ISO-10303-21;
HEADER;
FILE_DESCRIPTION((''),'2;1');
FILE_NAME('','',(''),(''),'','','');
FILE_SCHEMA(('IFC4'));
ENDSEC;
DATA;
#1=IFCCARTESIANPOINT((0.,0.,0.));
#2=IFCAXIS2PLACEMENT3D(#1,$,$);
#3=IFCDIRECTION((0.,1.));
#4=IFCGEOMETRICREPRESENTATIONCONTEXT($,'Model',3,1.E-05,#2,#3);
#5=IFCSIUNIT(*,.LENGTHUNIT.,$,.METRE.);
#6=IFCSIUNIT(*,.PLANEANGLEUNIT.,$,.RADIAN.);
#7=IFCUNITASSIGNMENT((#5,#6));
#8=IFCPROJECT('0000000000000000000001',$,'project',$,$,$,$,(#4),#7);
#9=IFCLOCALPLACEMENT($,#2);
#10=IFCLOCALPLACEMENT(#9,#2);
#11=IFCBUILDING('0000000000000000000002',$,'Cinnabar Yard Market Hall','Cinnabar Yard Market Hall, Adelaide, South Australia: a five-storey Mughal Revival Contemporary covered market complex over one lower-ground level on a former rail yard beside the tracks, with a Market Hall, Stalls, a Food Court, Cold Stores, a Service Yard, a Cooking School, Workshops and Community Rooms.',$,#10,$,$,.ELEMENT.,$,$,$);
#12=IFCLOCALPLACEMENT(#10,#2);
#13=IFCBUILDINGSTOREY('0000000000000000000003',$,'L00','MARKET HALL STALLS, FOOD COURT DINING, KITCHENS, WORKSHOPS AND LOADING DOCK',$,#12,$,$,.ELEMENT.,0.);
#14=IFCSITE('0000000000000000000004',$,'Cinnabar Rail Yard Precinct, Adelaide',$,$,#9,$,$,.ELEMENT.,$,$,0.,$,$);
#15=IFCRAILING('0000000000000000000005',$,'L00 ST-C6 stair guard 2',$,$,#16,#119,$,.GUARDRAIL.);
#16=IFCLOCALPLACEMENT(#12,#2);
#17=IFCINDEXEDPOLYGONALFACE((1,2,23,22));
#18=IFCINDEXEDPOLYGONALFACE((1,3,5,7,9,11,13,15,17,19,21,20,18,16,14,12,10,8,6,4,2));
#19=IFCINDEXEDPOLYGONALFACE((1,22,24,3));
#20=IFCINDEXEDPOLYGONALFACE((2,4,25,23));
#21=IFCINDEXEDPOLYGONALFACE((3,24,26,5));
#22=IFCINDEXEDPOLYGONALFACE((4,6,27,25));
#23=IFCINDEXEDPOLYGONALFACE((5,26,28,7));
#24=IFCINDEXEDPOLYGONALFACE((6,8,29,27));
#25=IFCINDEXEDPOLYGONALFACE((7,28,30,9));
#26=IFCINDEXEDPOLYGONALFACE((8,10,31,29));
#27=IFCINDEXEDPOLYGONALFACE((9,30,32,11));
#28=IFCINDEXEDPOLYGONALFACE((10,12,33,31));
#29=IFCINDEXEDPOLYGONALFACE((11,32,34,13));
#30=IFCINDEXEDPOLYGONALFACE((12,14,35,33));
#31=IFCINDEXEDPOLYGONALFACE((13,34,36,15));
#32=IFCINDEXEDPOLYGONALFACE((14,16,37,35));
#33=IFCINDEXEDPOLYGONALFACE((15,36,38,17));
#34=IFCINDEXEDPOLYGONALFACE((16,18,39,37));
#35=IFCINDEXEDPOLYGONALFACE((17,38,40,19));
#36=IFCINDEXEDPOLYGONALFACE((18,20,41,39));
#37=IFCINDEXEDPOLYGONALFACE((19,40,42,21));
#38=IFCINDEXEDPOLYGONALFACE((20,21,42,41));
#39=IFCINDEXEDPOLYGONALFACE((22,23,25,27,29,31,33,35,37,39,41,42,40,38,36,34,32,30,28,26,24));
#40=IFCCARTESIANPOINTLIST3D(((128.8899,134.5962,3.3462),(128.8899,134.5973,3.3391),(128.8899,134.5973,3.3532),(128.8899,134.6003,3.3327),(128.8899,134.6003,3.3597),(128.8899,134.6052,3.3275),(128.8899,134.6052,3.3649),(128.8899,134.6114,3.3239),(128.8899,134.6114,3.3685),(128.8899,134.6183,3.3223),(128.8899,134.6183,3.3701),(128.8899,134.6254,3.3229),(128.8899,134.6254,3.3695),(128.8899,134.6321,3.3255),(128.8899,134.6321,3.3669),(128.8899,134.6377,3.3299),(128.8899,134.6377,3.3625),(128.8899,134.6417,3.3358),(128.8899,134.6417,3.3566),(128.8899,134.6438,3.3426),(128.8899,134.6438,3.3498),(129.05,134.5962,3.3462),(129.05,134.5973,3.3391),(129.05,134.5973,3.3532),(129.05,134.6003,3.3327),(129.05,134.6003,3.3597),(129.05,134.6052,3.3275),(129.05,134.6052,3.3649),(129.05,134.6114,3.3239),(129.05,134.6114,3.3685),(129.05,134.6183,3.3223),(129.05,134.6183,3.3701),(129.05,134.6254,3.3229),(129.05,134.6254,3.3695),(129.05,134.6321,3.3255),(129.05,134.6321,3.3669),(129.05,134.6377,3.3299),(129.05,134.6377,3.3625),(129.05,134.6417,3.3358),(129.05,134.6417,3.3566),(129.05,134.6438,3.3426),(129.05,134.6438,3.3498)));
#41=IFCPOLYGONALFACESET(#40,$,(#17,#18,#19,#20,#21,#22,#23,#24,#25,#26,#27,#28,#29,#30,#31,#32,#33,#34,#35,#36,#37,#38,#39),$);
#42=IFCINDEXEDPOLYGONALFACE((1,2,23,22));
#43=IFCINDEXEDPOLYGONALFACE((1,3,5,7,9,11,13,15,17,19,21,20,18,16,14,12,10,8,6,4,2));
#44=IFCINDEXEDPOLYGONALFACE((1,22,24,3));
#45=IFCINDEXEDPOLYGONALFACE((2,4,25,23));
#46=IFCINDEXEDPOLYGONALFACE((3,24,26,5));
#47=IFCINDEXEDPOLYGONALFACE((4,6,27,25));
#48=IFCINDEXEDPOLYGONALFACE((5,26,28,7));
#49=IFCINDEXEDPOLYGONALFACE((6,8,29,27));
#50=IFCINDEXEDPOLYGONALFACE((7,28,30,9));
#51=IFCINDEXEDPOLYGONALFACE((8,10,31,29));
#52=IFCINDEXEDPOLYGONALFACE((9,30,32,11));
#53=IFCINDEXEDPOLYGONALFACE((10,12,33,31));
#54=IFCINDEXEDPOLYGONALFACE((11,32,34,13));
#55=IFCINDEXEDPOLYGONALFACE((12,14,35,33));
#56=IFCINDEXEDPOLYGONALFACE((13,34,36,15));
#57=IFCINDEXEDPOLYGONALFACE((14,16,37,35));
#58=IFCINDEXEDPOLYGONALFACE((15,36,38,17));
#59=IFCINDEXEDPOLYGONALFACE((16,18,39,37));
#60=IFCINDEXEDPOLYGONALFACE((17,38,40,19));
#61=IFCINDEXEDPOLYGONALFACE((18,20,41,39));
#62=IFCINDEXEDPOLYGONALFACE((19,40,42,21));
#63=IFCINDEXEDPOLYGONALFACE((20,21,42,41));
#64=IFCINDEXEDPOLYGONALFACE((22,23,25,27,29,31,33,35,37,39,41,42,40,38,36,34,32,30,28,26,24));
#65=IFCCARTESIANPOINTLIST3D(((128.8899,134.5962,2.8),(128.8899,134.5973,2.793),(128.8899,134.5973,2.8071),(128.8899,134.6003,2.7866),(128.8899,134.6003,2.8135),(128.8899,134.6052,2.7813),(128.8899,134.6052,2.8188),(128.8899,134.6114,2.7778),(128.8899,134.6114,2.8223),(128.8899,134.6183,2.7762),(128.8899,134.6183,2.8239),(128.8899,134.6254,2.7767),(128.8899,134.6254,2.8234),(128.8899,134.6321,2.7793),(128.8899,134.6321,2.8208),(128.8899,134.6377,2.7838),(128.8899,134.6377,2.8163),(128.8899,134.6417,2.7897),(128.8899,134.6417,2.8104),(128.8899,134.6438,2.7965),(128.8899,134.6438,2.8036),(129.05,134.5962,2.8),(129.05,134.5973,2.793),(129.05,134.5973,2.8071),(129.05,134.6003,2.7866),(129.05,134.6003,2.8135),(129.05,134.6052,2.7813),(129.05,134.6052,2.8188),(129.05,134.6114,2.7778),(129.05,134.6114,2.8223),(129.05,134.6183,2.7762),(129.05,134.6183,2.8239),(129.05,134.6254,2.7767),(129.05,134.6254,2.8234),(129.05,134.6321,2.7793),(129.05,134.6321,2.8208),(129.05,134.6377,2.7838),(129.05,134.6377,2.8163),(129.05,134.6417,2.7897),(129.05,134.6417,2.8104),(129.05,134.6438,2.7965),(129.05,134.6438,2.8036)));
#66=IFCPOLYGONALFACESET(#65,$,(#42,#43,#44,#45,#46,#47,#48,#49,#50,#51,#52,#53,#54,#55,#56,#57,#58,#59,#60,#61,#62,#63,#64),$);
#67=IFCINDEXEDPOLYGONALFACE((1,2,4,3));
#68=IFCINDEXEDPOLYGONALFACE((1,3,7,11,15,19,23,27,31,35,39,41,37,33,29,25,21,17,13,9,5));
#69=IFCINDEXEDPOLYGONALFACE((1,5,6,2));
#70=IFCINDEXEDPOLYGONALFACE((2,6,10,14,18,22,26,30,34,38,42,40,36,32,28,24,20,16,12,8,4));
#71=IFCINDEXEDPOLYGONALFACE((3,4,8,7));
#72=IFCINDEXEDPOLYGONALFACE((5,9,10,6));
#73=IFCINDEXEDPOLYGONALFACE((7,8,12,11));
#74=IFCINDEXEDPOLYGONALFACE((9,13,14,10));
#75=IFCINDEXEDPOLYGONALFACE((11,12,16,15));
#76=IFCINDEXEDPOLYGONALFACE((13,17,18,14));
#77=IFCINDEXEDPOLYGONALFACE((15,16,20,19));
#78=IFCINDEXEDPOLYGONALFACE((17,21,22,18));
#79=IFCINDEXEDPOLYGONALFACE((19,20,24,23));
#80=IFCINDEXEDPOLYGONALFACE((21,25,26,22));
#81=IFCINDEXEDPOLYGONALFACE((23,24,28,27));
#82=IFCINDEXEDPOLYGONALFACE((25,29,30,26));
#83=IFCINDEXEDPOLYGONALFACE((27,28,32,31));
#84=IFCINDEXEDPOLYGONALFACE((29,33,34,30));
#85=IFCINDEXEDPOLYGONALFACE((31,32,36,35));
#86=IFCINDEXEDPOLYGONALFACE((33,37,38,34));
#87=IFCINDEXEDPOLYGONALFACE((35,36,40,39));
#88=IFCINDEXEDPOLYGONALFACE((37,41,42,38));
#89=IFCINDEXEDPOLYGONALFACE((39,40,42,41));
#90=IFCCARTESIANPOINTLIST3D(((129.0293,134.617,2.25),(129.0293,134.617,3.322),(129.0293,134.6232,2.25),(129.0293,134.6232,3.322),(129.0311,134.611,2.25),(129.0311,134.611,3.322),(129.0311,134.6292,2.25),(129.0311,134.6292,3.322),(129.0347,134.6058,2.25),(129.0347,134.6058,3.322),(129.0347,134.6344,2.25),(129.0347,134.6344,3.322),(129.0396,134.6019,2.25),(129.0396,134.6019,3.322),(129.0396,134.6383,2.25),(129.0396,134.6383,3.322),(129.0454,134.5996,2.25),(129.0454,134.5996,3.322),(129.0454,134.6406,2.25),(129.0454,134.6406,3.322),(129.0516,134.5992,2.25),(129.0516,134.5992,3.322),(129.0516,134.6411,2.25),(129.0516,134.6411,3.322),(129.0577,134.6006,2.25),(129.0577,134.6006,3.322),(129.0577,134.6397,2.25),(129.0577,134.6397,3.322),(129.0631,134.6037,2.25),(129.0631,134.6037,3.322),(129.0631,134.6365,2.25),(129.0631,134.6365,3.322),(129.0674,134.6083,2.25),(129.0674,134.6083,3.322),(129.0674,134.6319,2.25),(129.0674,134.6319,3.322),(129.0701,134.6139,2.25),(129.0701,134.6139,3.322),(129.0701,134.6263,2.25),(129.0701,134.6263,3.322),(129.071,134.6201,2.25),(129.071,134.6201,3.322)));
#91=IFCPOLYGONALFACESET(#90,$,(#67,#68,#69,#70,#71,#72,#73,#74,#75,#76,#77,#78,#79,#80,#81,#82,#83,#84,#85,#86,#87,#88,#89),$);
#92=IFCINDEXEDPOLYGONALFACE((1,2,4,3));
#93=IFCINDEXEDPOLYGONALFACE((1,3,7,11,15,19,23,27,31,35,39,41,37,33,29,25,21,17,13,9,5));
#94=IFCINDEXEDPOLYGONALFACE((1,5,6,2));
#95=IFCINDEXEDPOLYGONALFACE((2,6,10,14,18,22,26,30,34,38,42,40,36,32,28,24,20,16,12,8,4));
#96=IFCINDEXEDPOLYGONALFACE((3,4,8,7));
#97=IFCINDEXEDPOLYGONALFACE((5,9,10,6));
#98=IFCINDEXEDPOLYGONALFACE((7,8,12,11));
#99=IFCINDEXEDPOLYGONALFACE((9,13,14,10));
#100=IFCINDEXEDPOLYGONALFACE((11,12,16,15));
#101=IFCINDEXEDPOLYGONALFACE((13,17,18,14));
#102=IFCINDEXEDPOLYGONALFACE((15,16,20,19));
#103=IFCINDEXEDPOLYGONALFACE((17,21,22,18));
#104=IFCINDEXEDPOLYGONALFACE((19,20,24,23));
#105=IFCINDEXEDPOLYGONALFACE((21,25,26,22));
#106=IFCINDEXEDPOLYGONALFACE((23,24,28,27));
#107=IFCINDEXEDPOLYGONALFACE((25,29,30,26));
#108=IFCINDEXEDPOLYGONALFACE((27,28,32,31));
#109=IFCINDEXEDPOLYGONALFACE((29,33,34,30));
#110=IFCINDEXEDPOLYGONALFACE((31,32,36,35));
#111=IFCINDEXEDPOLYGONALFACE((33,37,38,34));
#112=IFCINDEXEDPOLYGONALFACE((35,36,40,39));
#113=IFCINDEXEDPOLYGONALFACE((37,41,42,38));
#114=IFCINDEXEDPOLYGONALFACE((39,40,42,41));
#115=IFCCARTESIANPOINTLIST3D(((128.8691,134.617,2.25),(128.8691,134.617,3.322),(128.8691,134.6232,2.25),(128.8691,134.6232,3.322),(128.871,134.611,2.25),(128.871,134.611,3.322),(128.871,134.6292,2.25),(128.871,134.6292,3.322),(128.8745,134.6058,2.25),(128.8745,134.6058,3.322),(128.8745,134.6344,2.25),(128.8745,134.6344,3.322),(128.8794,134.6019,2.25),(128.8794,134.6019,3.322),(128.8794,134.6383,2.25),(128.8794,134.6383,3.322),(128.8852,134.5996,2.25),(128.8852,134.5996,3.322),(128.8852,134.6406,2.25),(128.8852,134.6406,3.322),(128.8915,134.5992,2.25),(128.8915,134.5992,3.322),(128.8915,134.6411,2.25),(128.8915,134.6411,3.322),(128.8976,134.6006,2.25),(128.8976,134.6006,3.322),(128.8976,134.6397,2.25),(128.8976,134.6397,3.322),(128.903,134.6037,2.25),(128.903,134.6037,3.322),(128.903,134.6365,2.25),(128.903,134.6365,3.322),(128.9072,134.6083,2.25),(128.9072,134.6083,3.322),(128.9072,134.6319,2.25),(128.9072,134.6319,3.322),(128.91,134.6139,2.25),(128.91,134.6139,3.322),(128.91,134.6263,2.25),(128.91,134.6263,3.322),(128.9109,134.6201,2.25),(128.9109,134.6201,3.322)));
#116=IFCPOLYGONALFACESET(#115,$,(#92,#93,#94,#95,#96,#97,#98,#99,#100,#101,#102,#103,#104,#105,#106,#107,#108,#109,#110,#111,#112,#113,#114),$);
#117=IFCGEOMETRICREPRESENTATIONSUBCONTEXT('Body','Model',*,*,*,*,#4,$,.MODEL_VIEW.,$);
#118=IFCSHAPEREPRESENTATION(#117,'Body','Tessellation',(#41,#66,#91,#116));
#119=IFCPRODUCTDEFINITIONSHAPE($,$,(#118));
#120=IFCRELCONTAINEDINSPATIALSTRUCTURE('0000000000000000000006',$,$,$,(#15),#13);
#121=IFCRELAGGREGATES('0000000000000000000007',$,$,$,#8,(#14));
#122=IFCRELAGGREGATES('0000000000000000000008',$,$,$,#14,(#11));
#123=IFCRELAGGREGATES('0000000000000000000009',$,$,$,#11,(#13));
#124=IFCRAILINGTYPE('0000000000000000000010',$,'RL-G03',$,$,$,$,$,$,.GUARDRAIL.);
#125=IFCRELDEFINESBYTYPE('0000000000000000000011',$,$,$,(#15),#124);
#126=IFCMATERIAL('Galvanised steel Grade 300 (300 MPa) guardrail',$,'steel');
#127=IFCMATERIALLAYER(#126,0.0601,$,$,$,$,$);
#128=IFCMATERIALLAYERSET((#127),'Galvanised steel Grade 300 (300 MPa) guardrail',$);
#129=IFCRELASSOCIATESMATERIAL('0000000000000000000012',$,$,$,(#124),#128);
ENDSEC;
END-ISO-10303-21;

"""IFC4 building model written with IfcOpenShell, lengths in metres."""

from ifc_helpers import new_model, si_unit, direction, frame, origin, origin_2d_with_axis, place, context, subcontext, project, spatial, circle, extrude, material, layer, layer_set, type_object, element, save


model = new_model("IFC4")

# Units and contexts
model_context = context("Model", 3, precision=1e-05, world=origin(), true_north=direction((0.0, 1.0)))
body_context = subcontext(model_context, "Body", "Model", "MODEL_VIEW")
ifc_project = project(units=[si_unit("LENGTHUNIT", "METRE"), si_unit("PLANEANGLEUNIT", "RADIAN")], contexts=[model_context])

# Site, building, storey
site_placement = place(None, origin())
site = spatial("IfcSite", under=ifc_project, at=site_placement, Name="Cinnabar Rail Yard Precinct, Adelaide", CompositionType="ELEMENT", RefElevation=0.0)
building_placement = place(site_placement, origin())
building = spatial("IfcBuilding", under=site, at=building_placement, Name="Cinnabar Yard Market Hall", Description="Cinnabar Yard Market Hall, Adelaide, South Australia: a five-storey Mughal Revival Contemporary covered market complex over one lower-ground level on a former rail yard beside the tracks, with a Market Hall, Stalls, a Food Court, Cold Stores, a Service Yard, a Cooking School, Workshops and Community Rooms.", CompositionType="ELEMENT")
storey_placement = place(building_placement, origin())
storey = spatial("IfcBuildingStorey", under=building, at=storey_placement, Name="L00", Description="MARKET HALL STALLS, FOOD COURT DINING, KITCHENS, WORKSHOPS AND LOADING DOCK", CompositionType="ELEMENT", Elevation=0.0)

# Railing
ifc_material_1 = material(Name="Galvanised steel Grade 300 (300 MPa) guardrail", Category="steel")
ifc_layer_1 = layer(ifc_material_1, 0.0601)
ifc_layer_set_1 = layer_set([ifc_layer_1], Name="Galvanised steel Grade 300 (300 MPa) guardrail")
railing_type_1 = type_object("IfcRailingType", Name="RL-G03", PredefinedType="GUARDRAIL", material=ifc_layer_set_1)
railing_1_placement = place(storey_placement, frame((129.05, 134.6201, 2.25)))
element("IfcRailing", 1, at=railing_1_placement, inside=storey, type_object=railing_type_1, Name="L00 ST-C6 stair guard 2", PredefinedType="GUARDRAIL", context=body_context, shape_type="SweptSolid", body=[
    extrude(circle(Radius=0.0239, at=origin_2d_with_axis()), frame((0.0, 0.0, 1.0962), z_axis=(-1.0, 0.0, 0.0), x_axis=(0.0, -1.0, 0.0)), (0.0, 0.0, 1.0), 0.1602),
    extrude(circle(Radius=0.0239, at=origin_2d_with_axis()), frame((0.0, 0.0, 0.55), z_axis=(-1.0, 0.0, 0.0), x_axis=(0.0, -1.0, 0.0)), (0.0, 0.0, 1.0), 0.1602),
    extrude(circle(Radius=0.021, at=origin_2d_with_axis()), origin(), (0.0, 0.0, 1.0), 1.072),
    extrude(circle(Radius=0.021, at=origin_2d_with_axis()), frame((-0.1602, 0.0, 0.0)), (0.0, 0.0, 1.0), 1.072),
])

save(model, "model.ifc")
